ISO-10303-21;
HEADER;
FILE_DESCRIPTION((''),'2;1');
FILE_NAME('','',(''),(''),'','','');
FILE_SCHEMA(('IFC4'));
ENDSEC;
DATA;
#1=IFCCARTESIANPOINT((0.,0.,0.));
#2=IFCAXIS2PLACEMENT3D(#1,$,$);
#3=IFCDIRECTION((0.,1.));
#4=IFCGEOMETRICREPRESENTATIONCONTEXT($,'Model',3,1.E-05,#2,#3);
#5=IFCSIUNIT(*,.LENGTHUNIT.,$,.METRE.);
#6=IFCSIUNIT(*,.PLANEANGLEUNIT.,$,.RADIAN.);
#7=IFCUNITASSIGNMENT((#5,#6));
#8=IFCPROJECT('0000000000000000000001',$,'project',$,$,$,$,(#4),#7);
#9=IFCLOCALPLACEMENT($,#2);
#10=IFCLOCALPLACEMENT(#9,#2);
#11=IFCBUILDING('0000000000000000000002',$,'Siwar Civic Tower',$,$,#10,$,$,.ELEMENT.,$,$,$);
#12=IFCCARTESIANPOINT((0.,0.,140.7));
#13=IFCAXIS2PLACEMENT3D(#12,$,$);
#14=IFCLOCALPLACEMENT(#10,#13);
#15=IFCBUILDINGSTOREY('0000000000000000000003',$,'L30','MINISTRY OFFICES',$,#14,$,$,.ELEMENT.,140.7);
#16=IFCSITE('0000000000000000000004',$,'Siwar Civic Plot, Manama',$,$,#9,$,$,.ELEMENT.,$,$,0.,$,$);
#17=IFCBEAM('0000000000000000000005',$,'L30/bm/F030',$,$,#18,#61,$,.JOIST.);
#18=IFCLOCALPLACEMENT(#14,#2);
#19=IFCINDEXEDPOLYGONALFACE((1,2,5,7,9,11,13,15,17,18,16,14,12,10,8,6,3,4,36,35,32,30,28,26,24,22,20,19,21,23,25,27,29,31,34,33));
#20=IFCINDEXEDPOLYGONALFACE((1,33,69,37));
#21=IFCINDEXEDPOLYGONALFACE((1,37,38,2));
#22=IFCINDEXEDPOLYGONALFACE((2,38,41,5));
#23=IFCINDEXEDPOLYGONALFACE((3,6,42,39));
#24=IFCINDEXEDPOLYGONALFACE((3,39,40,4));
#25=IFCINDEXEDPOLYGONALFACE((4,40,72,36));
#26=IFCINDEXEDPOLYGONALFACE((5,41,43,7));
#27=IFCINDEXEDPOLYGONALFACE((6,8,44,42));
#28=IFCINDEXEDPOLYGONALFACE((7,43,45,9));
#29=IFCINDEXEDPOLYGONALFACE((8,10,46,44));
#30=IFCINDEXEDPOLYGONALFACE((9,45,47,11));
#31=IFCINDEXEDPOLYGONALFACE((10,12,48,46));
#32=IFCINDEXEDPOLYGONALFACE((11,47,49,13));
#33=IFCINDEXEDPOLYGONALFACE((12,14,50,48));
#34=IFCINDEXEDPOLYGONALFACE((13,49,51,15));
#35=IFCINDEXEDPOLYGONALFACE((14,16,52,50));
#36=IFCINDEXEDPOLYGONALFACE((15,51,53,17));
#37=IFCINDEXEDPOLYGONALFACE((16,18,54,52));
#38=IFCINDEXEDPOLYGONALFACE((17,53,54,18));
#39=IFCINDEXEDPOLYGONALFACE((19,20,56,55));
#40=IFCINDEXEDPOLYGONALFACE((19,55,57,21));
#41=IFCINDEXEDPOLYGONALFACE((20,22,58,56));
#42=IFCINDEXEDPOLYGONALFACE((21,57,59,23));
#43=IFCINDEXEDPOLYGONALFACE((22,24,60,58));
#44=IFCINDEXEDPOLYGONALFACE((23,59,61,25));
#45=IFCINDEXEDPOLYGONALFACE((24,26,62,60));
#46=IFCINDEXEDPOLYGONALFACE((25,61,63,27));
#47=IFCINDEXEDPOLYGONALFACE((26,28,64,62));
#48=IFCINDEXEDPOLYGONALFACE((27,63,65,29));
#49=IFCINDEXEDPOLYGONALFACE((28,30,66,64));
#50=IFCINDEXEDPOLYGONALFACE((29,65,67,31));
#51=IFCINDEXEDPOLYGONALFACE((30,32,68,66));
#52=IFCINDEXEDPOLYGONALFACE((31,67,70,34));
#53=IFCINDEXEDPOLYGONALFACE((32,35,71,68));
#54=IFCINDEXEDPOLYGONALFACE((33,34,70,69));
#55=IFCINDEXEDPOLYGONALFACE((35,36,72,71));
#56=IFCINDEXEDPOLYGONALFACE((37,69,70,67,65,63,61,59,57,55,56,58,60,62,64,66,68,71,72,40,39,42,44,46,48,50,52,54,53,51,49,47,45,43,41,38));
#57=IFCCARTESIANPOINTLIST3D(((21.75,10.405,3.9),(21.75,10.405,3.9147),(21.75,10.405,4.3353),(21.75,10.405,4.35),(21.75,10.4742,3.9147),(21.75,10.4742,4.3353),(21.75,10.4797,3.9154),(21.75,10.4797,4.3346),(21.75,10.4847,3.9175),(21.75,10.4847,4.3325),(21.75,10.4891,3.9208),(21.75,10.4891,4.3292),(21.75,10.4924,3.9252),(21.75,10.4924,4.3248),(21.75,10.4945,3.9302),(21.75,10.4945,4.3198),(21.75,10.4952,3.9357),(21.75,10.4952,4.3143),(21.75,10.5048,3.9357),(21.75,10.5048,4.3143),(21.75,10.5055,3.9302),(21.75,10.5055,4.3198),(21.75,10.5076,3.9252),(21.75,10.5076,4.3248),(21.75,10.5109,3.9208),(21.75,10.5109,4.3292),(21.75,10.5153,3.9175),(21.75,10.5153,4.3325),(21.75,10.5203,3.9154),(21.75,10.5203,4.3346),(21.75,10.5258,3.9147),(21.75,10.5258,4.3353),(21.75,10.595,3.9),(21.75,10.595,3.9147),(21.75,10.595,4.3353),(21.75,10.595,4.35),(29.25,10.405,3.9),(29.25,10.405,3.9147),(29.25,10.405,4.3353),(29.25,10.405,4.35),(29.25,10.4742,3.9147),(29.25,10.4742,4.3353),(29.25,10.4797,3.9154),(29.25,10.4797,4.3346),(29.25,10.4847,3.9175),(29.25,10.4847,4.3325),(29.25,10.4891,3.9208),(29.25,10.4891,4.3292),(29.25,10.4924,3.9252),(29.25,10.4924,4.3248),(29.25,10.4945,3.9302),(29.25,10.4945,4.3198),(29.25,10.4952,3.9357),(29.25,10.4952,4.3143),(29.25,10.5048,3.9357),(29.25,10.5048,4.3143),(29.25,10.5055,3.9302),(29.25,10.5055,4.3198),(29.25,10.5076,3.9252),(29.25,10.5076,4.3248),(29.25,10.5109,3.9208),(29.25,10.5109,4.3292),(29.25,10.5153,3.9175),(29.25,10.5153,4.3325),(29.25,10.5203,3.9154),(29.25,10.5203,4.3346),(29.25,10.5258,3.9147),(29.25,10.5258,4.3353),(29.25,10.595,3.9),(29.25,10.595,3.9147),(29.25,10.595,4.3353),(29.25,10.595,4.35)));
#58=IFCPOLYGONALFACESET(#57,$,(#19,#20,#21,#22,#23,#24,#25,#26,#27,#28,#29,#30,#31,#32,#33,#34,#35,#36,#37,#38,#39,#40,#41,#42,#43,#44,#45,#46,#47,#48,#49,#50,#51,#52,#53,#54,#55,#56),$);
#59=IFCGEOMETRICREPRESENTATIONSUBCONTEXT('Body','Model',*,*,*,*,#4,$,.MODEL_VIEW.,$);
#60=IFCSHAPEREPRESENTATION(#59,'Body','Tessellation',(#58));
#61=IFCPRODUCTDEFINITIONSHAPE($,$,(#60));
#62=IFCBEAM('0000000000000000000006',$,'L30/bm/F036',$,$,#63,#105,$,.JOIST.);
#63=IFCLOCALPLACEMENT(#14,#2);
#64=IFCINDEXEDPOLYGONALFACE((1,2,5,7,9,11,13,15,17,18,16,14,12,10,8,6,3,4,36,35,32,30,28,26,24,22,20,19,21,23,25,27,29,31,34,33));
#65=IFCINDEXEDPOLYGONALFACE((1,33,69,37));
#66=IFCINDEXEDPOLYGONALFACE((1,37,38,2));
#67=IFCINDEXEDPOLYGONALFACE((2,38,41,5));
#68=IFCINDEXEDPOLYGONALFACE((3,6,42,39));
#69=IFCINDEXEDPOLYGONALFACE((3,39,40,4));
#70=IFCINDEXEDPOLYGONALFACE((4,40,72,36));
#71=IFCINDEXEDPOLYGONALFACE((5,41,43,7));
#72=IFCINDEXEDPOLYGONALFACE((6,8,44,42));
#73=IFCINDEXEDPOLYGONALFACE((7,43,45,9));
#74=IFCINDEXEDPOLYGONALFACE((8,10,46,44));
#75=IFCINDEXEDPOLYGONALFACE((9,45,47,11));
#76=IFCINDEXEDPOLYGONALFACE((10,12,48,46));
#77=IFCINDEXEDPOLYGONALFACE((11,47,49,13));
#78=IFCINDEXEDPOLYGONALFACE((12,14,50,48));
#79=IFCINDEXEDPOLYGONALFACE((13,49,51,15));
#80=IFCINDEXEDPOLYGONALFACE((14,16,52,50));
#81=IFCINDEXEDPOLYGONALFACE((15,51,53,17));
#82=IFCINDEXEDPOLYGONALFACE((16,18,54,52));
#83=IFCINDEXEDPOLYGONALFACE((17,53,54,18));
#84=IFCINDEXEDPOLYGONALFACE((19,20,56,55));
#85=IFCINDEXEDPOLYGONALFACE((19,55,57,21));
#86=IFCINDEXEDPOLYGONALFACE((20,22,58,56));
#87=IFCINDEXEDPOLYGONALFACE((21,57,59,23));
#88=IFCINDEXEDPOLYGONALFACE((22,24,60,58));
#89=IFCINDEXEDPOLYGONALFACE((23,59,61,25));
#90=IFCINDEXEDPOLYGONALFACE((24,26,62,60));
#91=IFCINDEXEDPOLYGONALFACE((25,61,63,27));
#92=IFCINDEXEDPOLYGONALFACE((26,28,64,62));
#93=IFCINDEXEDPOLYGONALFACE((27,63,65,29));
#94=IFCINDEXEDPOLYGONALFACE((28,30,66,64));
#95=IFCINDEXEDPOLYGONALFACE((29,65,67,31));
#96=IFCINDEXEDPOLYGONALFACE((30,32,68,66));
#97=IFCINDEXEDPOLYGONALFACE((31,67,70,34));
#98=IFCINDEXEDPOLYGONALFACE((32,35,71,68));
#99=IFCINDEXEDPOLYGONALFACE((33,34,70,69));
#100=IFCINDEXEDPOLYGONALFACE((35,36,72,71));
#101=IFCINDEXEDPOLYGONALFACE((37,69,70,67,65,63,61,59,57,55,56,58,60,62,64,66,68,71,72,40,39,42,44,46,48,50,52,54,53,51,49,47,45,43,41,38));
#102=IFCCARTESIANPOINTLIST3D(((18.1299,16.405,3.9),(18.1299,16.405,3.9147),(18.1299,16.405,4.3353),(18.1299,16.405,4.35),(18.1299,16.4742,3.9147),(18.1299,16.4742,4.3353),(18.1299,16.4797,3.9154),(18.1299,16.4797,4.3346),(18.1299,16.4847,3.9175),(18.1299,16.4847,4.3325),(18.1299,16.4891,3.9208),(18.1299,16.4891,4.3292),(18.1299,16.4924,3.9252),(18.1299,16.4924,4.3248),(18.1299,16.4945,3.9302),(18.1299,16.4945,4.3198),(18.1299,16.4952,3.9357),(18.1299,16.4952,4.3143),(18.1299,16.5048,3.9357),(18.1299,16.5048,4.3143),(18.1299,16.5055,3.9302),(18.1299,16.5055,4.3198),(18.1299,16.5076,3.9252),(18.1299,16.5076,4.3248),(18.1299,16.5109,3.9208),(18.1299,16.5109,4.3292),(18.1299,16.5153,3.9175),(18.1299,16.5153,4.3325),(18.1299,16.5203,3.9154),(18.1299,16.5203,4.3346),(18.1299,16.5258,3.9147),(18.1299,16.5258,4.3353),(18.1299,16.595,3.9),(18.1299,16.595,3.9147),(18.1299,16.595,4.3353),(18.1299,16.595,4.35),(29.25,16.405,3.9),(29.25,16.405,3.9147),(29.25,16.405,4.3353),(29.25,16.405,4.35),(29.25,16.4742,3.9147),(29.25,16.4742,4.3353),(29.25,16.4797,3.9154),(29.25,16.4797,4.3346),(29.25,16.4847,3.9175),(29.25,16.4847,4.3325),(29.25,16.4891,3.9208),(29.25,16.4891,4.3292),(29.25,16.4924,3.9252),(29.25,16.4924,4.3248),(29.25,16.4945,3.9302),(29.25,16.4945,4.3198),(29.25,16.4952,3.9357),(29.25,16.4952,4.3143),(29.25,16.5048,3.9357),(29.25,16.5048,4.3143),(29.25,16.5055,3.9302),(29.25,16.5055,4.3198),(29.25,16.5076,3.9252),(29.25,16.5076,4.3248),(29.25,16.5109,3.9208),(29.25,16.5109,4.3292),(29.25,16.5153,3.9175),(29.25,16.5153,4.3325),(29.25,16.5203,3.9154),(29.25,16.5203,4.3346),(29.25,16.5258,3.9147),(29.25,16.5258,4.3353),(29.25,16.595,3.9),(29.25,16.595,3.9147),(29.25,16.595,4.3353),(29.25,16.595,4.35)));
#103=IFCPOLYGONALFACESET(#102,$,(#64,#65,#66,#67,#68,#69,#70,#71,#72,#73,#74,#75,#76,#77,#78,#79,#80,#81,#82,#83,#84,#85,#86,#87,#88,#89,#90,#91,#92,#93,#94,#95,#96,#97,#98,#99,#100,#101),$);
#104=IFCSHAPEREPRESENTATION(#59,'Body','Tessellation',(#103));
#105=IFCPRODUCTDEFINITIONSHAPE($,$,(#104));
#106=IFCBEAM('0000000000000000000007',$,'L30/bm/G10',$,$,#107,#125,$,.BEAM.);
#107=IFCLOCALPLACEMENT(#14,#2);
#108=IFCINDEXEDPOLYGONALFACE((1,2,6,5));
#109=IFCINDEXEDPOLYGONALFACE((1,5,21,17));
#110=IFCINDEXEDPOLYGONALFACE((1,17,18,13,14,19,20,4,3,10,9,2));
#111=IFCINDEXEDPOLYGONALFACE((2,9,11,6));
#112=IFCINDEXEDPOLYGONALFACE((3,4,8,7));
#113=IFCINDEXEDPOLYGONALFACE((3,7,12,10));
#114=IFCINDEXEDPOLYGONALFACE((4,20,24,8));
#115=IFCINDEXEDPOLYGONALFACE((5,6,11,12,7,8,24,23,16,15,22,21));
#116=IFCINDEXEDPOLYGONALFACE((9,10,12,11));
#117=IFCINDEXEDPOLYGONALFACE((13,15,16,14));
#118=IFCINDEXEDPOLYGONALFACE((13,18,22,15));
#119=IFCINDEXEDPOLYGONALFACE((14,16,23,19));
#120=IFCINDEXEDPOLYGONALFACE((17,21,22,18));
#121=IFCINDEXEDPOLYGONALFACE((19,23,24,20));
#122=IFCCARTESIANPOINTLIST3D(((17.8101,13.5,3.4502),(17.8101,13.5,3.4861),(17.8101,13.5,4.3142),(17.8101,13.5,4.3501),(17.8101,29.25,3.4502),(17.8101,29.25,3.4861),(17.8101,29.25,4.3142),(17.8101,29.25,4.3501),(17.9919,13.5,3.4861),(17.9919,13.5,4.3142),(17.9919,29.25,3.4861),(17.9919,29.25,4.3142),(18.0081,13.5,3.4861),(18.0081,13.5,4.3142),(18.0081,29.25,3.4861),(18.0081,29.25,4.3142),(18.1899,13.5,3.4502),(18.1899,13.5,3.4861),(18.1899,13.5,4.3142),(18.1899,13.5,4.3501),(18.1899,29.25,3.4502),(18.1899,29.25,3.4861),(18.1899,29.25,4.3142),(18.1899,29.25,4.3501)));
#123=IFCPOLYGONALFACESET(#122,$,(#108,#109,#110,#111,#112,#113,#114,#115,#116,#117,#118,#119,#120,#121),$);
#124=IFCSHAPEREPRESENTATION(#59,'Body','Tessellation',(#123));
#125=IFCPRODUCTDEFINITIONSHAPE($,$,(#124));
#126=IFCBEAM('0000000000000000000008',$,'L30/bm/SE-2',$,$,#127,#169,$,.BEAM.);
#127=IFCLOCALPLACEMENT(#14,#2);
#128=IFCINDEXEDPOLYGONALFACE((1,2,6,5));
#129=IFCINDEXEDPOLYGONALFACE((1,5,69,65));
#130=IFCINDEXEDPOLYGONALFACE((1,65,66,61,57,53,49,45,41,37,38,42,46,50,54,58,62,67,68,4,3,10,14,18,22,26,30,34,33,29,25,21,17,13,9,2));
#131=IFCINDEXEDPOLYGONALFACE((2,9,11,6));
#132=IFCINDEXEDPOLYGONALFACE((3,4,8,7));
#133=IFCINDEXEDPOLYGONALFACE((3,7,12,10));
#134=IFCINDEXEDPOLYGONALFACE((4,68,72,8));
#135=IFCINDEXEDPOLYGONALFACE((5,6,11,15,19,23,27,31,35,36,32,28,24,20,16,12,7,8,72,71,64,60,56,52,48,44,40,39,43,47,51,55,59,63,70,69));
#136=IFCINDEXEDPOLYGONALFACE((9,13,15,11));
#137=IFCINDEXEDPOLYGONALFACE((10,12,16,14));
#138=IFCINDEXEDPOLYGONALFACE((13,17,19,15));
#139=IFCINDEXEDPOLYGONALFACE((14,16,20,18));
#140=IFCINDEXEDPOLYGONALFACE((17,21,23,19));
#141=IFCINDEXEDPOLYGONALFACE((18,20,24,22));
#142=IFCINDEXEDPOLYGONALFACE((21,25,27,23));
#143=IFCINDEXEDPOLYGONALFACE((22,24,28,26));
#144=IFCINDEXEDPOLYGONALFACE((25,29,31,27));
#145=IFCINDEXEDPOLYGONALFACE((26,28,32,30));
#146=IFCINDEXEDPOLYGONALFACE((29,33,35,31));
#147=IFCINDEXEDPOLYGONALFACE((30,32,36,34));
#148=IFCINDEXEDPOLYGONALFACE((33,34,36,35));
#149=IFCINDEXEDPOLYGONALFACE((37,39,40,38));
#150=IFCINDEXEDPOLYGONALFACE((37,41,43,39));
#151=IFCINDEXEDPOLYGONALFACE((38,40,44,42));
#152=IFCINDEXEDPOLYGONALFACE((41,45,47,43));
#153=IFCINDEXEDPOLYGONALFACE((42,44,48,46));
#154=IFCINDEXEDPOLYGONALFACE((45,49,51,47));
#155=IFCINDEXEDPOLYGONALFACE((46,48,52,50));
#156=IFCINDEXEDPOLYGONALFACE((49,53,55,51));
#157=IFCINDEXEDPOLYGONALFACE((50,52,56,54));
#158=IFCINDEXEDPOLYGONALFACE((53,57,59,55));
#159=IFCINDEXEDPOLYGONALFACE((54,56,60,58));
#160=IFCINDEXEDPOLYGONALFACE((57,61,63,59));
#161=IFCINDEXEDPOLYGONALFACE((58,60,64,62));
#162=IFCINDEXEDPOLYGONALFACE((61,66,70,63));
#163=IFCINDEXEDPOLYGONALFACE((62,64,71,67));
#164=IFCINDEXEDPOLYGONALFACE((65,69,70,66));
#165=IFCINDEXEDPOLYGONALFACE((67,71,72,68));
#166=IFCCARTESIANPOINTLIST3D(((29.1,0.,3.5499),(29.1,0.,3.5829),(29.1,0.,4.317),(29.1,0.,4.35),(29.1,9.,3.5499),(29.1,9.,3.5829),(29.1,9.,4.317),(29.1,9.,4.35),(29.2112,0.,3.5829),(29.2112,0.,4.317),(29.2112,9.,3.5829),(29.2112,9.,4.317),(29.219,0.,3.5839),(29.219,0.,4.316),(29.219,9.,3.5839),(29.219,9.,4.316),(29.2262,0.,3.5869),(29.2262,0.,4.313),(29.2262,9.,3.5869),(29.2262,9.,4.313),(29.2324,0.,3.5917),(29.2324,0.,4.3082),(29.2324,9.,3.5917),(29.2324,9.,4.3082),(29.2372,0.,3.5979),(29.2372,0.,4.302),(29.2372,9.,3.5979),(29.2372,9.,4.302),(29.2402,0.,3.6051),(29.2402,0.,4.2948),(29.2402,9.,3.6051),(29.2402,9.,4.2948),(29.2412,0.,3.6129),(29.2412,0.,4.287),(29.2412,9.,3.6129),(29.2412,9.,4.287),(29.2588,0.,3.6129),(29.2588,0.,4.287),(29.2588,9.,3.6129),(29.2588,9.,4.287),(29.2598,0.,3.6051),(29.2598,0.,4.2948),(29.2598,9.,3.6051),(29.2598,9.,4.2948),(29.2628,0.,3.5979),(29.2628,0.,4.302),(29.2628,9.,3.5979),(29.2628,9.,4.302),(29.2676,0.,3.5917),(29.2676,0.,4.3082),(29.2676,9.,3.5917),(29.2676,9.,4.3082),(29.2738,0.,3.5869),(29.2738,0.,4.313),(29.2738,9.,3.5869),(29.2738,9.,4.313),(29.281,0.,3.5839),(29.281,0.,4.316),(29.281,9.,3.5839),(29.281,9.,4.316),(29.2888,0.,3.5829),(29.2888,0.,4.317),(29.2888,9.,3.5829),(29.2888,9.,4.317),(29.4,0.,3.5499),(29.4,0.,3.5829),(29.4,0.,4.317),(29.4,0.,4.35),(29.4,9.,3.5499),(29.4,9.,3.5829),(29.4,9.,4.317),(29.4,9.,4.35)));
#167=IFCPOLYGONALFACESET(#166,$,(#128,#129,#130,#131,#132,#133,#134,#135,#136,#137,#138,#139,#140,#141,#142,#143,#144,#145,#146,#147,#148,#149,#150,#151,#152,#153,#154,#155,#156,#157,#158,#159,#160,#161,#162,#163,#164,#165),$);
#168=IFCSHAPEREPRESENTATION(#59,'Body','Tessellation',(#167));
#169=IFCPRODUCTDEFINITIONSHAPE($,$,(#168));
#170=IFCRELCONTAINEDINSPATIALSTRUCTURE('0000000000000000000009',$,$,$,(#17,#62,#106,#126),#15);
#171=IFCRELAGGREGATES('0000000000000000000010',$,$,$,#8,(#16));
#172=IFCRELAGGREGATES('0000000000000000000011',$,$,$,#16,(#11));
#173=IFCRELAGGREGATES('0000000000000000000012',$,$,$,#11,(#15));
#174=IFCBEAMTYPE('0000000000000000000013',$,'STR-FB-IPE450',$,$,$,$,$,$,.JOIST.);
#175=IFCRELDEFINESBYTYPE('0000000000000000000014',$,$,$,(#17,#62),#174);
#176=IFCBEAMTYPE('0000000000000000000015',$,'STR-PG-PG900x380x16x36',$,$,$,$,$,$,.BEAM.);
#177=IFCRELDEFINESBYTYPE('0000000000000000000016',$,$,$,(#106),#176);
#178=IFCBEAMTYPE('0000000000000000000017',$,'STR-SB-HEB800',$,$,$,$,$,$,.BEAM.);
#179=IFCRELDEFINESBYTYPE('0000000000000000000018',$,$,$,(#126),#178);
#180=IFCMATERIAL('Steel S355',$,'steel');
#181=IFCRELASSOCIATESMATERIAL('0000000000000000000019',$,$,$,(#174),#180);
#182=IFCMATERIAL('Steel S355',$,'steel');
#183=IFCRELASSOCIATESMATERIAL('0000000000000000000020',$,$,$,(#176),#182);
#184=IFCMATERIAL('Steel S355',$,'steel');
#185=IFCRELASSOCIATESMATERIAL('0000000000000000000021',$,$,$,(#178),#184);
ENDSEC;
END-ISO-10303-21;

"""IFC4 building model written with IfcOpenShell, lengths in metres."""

from ifc_helpers import new_model, si_unit, direction, frame, origin, origin_2d, place, context, subcontext, project, spatial, i_section, extrude, material, material_profile, profile_set, type_object, element, save


model = new_model("IFC4")

# Units and contexts
model_context = context("Model", 3, precision=1e-05, world=origin(), true_north=direction((0.0, 1.0)))
body_context = subcontext(model_context, "Body", "Model", "MODEL_VIEW")
ifc_project = project(units=[si_unit("LENGTHUNIT", "METRE"), si_unit("PLANEANGLEUNIT", "RADIAN")], contexts=[model_context])

# Site, building, storey
site_placement = place(None, origin())
site = spatial("IfcSite", under=ifc_project, at=site_placement, Name="Siwar Civic Plot, Manama", CompositionType="ELEMENT", RefElevation=0.0)
building_placement = place(site_placement, origin())
building = spatial("IfcBuilding", under=site, at=building_placement, Name="Siwar Civic Tower", CompositionType="ELEMENT")
storey_placement = place(building_placement, frame((0.0, 0.0, 140.7)))
storey = spatial("IfcBuildingStorey", under=building, at=storey_placement, Name="L30", Description="MINISTRY OFFICES", CompositionType="ELEMENT", Elevation=140.7)

# Beams
ifc_material_1 = material(Name="Steel S355", Category="steel")
ifc_material_profile_1 = material_profile(ifc_material_1, i_section(OverallWidth=0.1899, OverallDepth=0.45, WebThickness=0.0095, FlangeThickness=0.0146, FilletRadius=0.021, at=origin_2d()), Name="IPE450")
ifc_profile_set_1 = profile_set([ifc_material_profile_1], Name="Steel S355")
beam_type_1 = type_object("IfcBeamType", Name="STR-FB-IPE450", PredefinedType="JOIST", material=ifc_profile_set_1)
for number, where, z_axis, x_axis, name in (
    (1, (21.75, 10.5, 4.125), (1.0, 0.0, 0.0), (0.0, 1.0, 0.0), "L30/bm/F030"),
):
    element("IfcBeam", number, at=place(storey_placement, frame(where, z_axis=z_axis, x_axis=x_axis)), inside=storey, type_object=beam_type_1, Name=name, PredefinedType="JOIST", context=body_context, shape_type="SweptSolid", body=[
        extrude(i_section(OverallWidth=0.1899, OverallDepth=0.45, WebThickness=0.0095, FlangeThickness=0.0146, FilletRadius=0.021, at=origin_2d()), origin(), (0.0, 0.0, 1.0), 7.5),
    ])
beam_1_placement = place(storey_placement, frame((18.1299, 16.5, 4.125), z_axis=(1.0, 0.0, 0.0), x_axis=(0.0, 1.0, 0.0)))
element("IfcBeam", 2, at=beam_1_placement, inside=storey, type_object=beam_type_1, Name="L30/bm/F036", PredefinedType="JOIST", context=body_context, shape_type="SweptSolid", body=[
    extrude(i_section(OverallWidth=0.1899, OverallDepth=0.45, WebThickness=0.0095, FlangeThickness=0.0146, FilletRadius=0.021, at=origin_2d()), origin(), (0.0, 0.0, 1.0), 11.1201),
])
ifc_material_2 = material(Name="Steel S355", Category="steel")
ifc_material_profile_2 = material_profile(ifc_material_2, i_section(OverallWidth=0.3799, OverallDepth=0.8999, WebThickness=0.0161, FlangeThickness=0.0359, at=origin_2d()), Name="PG900x380x16x36")
ifc_profile_set_2 = profile_set([ifc_material_profile_2], Name="Steel S355")
beam_type_2 = type_object("IfcBeamType", Name="STR-PG-PG900x380x16x36", PredefinedType="BEAM", material=ifc_profile_set_2)
beam_2_placement = place(storey_placement, frame((18.0, 13.5, 3.9001), z_axis=(0.0, 1.0, 0.0), x_axis=(-1.0, 0.0, 0.0)))
element("IfcBeam", 3, at=beam_2_placement, inside=storey, type_object=beam_type_2, Name="L30/bm/G10", PredefinedType="BEAM", context=body_context, shape_type="SweptSolid", body=[
    extrude(i_section(OverallWidth=0.3799, OverallDepth=0.8999, WebThickness=0.0161, FlangeThickness=0.0359, at=origin_2d()), origin(), (0.0, 0.0, 1.0), 15.75),
])
ifc_material_3 = material(Name="Steel S355", Category="steel")
ifc_material_profile_3 = material_profile(ifc_material_3, i_section(OverallWidth=0.3, OverallDepth=0.8, WebThickness=0.0176, FlangeThickness=0.033, FilletRadius=0.03, at=origin_2d()), Name="HEB800")
ifc_profile_set_3 = profile_set([ifc_material_profile_3], Name="Steel S355")
beam_type_3 = type_object("IfcBeamType", Name="STR-SB-HEB800", PredefinedType="BEAM", material=ifc_profile_set_3)
for number, where, z_axis, x_axis, name in (
    (4, (29.25, 0.0, 3.95), (0.0, 1.0, 0.0), (-1.0, 0.0, 0.0), "L30/bm/SE-2"),
):
    element("IfcBeam", number, at=place(storey_placement, frame(where, z_axis=z_axis, x_axis=x_axis)), inside=storey, type_object=beam_type_3, Name=name, PredefinedType="BEAM", context=body_context, shape_type="SweptSolid", body=[
        extrude(i_section(OverallWidth=0.3, OverallDepth=0.8, WebThickness=0.0176, FlangeThickness=0.033, FilletRadius=0.03, at=origin_2d()), origin(), (0.0, 0.0, 1.0), 9.0),
    ])

save(model, "model.ifc")
